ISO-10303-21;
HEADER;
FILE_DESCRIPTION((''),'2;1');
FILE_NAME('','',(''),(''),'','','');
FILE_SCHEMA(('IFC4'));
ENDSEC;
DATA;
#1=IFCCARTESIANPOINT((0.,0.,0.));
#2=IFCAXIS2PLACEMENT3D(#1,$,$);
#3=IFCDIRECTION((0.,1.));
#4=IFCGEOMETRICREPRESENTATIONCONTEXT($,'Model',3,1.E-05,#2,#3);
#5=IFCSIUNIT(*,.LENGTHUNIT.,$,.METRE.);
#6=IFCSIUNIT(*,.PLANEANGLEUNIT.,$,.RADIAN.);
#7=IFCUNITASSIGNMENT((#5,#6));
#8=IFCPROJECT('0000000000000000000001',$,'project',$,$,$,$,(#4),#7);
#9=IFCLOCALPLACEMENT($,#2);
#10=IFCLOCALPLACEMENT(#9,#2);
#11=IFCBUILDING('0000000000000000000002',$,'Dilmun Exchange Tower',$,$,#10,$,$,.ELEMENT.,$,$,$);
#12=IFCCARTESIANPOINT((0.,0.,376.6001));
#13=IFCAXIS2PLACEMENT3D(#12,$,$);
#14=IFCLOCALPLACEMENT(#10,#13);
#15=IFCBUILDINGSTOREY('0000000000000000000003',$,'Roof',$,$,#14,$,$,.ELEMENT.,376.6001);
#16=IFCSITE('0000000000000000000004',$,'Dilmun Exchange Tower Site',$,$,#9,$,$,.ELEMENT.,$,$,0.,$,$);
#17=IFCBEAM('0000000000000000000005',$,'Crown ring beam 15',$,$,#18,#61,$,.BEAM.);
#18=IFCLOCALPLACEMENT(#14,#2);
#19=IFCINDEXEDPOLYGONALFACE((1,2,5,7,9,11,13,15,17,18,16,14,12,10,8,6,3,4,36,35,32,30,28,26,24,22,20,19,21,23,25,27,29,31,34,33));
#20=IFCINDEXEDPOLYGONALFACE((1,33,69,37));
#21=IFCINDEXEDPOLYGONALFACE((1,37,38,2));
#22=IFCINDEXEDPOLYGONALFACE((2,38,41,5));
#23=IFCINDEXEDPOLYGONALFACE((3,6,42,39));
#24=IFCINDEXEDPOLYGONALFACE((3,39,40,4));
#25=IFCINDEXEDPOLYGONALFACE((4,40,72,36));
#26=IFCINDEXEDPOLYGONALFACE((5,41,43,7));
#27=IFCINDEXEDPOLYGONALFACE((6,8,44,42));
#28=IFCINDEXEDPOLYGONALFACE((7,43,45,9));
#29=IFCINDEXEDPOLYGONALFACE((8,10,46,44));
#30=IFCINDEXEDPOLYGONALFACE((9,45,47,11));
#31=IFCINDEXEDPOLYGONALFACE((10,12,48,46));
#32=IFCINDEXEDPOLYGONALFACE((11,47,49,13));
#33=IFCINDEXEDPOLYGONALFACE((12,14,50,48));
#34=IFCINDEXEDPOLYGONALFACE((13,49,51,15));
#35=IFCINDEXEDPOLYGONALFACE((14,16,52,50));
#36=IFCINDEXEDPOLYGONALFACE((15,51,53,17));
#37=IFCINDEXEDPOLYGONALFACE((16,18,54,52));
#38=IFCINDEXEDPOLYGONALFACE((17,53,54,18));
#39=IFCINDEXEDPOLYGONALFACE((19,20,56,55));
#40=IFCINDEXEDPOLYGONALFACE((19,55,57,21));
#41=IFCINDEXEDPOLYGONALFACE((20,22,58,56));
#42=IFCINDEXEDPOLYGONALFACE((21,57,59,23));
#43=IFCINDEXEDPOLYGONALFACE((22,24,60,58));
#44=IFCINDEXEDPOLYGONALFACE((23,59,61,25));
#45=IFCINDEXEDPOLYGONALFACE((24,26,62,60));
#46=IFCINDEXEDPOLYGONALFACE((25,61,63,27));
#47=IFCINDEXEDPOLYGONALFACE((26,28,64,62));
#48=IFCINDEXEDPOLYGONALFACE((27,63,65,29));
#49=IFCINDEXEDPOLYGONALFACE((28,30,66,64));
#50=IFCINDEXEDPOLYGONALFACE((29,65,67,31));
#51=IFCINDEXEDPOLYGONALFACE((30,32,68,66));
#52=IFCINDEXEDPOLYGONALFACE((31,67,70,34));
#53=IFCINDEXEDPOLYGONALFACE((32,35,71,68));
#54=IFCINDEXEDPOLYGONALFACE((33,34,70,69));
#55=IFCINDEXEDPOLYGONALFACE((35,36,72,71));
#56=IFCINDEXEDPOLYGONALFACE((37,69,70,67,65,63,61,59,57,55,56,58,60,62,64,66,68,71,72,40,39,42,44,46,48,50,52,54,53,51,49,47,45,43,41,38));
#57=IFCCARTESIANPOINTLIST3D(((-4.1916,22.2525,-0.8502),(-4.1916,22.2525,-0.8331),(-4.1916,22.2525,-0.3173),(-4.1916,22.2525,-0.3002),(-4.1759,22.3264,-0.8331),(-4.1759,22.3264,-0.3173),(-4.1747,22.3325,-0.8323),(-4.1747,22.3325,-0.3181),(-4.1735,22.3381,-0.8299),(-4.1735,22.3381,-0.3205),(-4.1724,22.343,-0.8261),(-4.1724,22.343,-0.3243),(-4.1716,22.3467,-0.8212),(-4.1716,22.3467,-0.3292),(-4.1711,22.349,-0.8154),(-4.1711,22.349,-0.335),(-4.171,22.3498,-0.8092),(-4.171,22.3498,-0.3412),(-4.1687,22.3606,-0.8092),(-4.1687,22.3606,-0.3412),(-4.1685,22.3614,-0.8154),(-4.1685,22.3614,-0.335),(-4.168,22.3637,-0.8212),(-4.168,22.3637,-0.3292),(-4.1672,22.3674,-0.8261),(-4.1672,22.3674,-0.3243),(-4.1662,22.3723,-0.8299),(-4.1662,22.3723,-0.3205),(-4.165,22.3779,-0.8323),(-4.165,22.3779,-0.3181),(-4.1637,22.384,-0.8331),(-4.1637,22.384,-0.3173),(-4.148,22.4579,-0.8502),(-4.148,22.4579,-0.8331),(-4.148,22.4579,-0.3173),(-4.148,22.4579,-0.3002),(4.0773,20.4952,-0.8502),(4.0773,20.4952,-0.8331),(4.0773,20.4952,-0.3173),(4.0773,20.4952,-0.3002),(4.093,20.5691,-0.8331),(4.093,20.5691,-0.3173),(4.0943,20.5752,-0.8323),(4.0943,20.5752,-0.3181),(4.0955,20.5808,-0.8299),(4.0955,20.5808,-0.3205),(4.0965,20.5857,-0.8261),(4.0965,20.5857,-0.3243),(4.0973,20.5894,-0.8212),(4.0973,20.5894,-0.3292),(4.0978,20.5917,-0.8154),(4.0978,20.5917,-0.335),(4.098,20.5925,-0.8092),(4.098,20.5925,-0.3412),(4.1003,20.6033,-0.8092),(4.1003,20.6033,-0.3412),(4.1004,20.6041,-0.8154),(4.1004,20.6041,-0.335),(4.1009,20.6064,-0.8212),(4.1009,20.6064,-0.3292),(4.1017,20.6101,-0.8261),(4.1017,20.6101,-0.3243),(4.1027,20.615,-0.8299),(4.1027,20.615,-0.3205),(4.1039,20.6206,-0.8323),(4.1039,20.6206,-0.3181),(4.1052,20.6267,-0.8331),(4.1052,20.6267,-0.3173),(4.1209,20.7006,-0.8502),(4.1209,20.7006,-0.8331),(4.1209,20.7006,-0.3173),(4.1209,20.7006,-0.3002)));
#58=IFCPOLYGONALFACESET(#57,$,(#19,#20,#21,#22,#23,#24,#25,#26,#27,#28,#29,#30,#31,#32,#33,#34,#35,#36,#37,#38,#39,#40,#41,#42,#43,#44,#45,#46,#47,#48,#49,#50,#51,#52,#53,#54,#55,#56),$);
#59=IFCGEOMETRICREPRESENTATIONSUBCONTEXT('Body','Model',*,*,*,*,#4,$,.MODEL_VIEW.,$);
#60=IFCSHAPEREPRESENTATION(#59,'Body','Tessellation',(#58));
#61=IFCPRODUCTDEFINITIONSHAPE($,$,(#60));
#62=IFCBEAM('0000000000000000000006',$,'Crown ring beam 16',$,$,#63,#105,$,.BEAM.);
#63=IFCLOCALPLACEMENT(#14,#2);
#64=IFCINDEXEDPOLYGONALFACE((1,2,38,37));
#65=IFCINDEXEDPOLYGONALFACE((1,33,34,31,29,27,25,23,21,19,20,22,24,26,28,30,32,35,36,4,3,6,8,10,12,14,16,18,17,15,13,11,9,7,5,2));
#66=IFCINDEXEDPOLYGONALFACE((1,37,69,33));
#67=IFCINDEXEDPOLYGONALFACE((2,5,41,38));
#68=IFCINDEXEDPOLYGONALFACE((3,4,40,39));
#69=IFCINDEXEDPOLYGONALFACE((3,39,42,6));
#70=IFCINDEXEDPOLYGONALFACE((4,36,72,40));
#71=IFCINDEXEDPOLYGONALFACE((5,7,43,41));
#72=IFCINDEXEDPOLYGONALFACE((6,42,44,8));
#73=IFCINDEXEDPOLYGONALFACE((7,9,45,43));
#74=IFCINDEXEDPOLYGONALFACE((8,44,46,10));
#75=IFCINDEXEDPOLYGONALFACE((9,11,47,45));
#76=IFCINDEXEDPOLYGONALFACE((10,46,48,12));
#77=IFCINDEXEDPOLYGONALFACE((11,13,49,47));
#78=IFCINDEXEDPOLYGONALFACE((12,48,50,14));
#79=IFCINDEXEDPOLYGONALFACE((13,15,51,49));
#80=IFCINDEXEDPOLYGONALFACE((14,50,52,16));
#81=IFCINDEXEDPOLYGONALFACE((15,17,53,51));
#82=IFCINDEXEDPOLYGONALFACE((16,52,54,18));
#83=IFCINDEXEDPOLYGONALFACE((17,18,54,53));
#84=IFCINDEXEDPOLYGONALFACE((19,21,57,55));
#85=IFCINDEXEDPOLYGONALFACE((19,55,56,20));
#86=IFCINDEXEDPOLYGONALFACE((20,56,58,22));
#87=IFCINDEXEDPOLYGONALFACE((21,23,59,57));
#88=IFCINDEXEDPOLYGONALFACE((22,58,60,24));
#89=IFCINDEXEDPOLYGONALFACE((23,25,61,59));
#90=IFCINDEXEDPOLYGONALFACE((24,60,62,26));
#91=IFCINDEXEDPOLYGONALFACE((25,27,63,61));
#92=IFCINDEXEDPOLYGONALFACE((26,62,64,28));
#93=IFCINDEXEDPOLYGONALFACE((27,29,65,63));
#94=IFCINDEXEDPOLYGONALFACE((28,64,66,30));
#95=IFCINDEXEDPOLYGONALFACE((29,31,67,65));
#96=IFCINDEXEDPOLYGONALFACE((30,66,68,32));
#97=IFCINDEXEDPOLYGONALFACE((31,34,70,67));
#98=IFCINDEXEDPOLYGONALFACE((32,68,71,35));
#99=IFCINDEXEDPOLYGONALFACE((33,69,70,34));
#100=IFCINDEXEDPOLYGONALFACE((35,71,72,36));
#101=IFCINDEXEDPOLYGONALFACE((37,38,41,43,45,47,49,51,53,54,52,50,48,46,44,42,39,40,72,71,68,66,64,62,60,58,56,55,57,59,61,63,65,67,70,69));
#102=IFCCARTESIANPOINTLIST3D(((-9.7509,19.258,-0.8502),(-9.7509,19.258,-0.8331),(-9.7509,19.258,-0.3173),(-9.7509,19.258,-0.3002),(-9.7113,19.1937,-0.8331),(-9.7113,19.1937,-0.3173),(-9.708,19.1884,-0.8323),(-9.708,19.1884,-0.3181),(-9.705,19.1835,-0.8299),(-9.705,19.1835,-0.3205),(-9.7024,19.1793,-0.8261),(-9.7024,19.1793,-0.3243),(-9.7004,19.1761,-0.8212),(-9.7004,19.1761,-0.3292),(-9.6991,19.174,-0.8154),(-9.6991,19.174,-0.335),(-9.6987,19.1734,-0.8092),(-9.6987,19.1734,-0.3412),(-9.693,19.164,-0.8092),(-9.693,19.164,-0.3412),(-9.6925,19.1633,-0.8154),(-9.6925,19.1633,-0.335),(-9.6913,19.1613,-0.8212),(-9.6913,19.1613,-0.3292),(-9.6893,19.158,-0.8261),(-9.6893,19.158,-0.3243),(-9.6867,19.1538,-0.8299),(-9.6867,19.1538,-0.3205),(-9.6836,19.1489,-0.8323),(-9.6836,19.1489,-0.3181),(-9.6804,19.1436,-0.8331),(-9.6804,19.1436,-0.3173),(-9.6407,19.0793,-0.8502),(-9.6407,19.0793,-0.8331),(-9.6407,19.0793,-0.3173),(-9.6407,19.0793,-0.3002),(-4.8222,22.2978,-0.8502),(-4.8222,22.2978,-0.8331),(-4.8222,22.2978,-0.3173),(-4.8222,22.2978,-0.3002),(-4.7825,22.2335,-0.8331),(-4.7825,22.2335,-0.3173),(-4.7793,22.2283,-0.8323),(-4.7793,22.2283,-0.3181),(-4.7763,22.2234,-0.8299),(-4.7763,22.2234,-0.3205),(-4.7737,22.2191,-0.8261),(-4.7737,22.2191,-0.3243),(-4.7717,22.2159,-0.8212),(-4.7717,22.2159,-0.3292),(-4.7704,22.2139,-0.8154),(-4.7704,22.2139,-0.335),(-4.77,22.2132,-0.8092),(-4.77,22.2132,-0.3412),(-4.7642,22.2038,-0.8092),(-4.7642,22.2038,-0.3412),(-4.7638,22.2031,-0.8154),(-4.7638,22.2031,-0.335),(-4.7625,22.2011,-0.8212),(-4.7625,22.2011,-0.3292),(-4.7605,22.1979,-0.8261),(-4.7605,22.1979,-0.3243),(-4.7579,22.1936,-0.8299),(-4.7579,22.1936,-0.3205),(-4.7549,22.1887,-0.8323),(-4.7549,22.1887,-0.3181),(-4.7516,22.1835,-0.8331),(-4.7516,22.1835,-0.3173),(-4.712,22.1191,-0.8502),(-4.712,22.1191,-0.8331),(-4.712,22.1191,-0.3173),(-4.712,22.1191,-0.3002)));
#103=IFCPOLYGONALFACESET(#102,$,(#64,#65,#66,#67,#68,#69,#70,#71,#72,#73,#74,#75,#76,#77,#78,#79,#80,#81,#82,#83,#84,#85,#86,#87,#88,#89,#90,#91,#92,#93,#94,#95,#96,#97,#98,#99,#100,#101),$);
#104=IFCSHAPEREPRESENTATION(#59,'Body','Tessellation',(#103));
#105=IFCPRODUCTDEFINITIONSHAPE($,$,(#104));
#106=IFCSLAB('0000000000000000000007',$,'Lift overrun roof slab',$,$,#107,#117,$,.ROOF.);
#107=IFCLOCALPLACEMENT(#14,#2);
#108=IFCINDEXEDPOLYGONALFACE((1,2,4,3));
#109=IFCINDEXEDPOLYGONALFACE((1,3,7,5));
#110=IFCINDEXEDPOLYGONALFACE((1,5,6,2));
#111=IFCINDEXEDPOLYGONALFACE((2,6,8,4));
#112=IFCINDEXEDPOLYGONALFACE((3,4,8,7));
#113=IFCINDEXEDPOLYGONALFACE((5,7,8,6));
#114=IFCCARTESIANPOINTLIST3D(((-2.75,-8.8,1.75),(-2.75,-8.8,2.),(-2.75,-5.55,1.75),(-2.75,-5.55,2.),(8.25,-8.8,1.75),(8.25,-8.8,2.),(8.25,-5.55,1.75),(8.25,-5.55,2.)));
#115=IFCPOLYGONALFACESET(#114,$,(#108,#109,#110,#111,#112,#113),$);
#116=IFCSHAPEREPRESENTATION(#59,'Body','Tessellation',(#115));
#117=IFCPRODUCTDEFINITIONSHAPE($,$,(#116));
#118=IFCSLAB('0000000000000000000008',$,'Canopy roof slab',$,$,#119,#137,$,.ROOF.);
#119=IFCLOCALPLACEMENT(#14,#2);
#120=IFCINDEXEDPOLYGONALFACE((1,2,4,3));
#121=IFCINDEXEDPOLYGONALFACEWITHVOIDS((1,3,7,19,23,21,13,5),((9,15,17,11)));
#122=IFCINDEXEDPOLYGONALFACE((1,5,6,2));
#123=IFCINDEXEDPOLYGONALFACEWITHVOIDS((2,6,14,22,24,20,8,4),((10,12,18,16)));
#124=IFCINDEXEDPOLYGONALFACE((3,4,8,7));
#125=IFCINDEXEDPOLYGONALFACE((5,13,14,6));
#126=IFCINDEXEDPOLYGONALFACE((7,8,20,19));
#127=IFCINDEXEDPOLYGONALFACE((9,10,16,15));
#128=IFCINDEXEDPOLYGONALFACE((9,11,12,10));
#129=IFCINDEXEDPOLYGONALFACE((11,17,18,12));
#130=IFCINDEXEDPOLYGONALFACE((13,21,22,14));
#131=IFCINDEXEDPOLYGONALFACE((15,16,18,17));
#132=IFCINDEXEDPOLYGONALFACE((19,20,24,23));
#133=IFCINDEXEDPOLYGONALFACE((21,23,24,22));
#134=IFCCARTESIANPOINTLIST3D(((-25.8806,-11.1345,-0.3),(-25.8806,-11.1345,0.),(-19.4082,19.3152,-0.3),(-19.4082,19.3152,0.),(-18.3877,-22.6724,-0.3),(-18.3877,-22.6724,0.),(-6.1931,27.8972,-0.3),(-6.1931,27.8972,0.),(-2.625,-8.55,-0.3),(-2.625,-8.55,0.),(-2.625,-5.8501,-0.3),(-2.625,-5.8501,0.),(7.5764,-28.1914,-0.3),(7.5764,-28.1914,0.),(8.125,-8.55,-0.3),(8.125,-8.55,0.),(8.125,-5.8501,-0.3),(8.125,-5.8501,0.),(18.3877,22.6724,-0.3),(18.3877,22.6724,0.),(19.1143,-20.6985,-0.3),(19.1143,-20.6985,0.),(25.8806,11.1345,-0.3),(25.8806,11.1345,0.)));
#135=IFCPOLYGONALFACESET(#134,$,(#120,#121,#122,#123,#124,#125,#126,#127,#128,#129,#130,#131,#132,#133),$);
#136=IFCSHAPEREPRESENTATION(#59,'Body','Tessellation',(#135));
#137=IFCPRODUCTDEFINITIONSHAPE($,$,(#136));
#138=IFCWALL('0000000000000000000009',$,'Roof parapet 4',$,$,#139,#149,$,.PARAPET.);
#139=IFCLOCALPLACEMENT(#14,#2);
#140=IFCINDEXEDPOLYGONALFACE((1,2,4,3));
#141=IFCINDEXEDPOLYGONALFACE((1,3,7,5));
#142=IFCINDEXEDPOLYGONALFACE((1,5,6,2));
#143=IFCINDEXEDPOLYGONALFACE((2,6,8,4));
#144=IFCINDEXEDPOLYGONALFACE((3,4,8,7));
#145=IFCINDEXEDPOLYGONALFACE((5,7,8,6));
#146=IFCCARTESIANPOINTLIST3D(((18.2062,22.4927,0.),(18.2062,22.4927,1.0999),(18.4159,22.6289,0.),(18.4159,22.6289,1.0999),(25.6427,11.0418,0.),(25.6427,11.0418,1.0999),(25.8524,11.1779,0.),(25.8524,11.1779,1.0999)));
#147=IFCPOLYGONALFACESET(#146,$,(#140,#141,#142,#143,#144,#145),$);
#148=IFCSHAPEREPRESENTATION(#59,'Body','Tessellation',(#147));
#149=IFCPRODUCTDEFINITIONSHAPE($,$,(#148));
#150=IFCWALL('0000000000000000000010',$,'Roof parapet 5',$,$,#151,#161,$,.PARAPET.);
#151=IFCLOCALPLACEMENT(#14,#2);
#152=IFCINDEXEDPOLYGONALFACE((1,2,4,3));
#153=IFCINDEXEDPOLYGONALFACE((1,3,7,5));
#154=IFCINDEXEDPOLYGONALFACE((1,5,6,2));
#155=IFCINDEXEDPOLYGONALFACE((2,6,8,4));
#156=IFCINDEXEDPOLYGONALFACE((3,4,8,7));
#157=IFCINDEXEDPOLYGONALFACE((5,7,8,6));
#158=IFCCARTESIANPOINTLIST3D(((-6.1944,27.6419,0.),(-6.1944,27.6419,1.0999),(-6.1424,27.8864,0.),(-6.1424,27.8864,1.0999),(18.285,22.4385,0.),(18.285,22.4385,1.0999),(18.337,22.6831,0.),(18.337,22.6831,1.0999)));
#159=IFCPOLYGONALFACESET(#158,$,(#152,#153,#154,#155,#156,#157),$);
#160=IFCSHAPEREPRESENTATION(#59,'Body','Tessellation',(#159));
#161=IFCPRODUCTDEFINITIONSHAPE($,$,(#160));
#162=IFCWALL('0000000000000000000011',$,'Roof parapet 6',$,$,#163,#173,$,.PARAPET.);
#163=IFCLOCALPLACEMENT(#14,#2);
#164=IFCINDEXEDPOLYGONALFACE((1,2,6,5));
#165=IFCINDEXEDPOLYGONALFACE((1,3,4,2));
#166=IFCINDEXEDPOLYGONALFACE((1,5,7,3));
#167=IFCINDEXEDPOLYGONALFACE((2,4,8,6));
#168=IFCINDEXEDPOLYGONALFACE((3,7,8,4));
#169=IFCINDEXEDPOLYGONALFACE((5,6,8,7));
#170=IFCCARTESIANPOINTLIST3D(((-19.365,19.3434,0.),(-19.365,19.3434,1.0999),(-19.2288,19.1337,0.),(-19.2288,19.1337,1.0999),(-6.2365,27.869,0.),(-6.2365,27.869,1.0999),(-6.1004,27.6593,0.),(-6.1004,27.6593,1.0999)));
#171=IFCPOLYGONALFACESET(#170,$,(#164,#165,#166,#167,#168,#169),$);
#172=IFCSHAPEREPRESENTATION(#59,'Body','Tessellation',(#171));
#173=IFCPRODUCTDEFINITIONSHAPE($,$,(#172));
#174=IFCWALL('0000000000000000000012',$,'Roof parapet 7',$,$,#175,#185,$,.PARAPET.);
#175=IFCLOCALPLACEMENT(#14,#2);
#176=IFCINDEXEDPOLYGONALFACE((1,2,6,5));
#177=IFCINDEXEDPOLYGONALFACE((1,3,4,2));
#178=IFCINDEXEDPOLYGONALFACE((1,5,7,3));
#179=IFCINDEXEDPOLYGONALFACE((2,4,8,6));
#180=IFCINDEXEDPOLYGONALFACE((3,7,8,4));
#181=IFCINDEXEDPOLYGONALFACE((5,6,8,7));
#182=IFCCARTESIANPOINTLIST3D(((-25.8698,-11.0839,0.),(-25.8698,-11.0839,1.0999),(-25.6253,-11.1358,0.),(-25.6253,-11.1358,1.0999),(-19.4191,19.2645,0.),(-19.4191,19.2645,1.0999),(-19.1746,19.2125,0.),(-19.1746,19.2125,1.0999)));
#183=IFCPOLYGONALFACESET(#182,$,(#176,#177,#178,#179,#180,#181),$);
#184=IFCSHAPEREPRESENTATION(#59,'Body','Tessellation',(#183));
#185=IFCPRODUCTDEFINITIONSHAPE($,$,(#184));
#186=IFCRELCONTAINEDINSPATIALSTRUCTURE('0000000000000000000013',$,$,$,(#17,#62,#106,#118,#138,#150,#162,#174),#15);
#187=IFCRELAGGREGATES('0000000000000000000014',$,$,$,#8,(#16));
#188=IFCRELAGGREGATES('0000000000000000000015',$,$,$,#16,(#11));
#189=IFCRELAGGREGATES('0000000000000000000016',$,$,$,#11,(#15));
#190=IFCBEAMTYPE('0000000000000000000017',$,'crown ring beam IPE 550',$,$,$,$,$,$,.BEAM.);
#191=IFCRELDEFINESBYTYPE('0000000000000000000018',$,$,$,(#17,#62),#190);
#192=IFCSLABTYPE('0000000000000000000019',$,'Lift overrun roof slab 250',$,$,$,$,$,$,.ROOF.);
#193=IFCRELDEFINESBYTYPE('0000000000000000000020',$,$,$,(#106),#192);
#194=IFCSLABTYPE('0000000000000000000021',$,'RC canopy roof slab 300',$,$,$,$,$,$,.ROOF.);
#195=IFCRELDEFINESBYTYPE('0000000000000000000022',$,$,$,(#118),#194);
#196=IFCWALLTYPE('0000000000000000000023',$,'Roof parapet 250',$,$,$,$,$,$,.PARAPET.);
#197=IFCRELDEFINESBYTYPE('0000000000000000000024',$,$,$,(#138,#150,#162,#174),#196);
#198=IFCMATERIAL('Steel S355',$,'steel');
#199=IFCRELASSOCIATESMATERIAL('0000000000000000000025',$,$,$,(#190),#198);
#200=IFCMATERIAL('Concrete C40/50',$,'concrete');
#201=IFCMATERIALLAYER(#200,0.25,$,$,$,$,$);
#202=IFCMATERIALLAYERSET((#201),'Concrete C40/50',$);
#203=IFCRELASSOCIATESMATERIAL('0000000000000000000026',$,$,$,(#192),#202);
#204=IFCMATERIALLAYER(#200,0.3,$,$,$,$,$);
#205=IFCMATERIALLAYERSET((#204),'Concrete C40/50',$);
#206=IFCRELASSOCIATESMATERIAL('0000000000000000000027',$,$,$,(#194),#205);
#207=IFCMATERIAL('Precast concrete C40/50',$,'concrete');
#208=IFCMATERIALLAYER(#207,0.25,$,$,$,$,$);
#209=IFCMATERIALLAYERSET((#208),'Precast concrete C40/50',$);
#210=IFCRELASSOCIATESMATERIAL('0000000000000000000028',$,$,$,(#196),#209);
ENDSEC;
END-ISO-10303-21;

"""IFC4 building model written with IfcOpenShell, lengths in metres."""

from ifc_helpers import new_model, si_unit, direction, frame, frame_2d, origin, origin_2d, place, context, subcontext, project, spatial, polyline, rectangle, i_section, outline, extrude, material, layer, layer_set, material_profile, profile_set, type_object, element, save


model = new_model("IFC4")

# Units and contexts
model_context = context("Model", 3, precision=1e-05, world=origin(), true_north=direction((0.0, 1.0)))
body_context = subcontext(model_context, "Body", "Model", "MODEL_VIEW")
ifc_project = project(units=[si_unit("LENGTHUNIT", "METRE"), si_unit("PLANEANGLEUNIT", "RADIAN")], contexts=[model_context])

# Site, building, storey
site_placement = place(None, origin())
site = spatial("IfcSite", under=ifc_project, at=site_placement, Name="Dilmun Exchange Tower Site", CompositionType="ELEMENT", RefElevation=0.0)
building_placement = place(site_placement, origin())
building = spatial("IfcBuilding", under=site, at=building_placement, Name="Dilmun Exchange Tower", CompositionType="ELEMENT")
storey_placement = place(building_placement, frame((0.0, 0.0, 376.6001)))
storey = spatial("IfcBuildingStorey", under=building, at=storey_placement, Name="Roof", CompositionType="ELEMENT", Elevation=376.6001)

# Beams
ifc_material_1 = material(Name="Steel S355", Category="steel")
ifc_material_profile_1 = material_profile(ifc_material_1, i_section(OverallWidth=0.21, OverallDepth=0.55, WebThickness=0.011, FlangeThickness=0.0171, FilletRadius=0.0239, at=origin_2d()), Name="IPE 550")
ifc_profile_set_1 = profile_set([ifc_material_profile_1], Name="Steel S355")
beam_type_1 = type_object("IfcBeamType", Name="crown ring beam IPE 550", PredefinedType="BEAM", material=ifc_profile_set_1)
for number, where, z_axis, x_axis, name in (
    (1, (4.0991, 20.5979, -0.5752), (-0.978155, 0.207876, 0.0), (-0.207876, -0.978155, 0.0), "Crown ring beam 15"),
):
    element("IfcBeam", number, at=place(storey_placement, frame(where, z_axis=z_axis, x_axis=x_axis)), inside=storey, type_object=beam_type_1, Name=name, PredefinedType="BEAM", context=body_context, shape_type="SweptSolid", body=[
        extrude(i_section(OverallWidth=0.21, OverallDepth=0.55, WebThickness=0.011, FlangeThickness=0.0171, FilletRadius=0.0239, at=origin_2d()), origin(), (0.0, 0.0, 1.0), 8.4536),
    ])
beam_1_placement = place(storey_placement, frame((-4.7671, 22.2085, -0.5752), z_axis=(-0.851138, -0.524942, 0.0), x_axis=(0.524942, -0.851138, 0.0)))
element("IfcBeam", 2, at=beam_1_placement, inside=storey, type_object=beam_type_1, Name="Crown ring beam 16", PredefinedType="BEAM", context=body_context, shape_type="SweptSolid", body=[
    extrude(i_section(OverallWidth=0.21, OverallDepth=0.55, WebThickness=0.011, FlangeThickness=0.0171, FilletRadius=0.0239, at=origin_2d()), origin(), (0.0, 0.0, 1.0), 5.7908),
])

# Slabs
ifc_material_2 = material(Name="Concrete C40/50", Category="concrete")
ifc_layer_1 = layer(ifc_material_2, 0.25)
ifc_layer_set_1 = layer_set([ifc_layer_1], Name="Concrete C40/50")
slab_type_1 = type_object("IfcSlabType", Name="Lift overrun roof slab 250", PredefinedType="ROOF", material=ifc_layer_set_1)
slab_1_placement = place(storey_placement, frame((0.0, 0.0, 1.75)))
element("IfcSlab", 3, at=slab_1_placement, inside=storey, type_object=slab_type_1, Name="Lift overrun roof slab", PredefinedType="ROOF", context=body_context, shape_type="SweptSolid", body=[
    extrude(outline(polyline([(-2.75, -8.8), (8.25, -8.8), (8.25, -5.55), (-2.75, -5.55), (-2.75, -8.8)])), origin(), (0.0, 0.0, 1.0), 0.25),
])
ifc_layer_2 = layer(ifc_material_2, 0.3)
ifc_layer_set_2 = layer_set([ifc_layer_2], Name="Concrete C40/50")
slab_type_2 = type_object("IfcSlabType", Name="RC canopy roof slab 300", PredefinedType="ROOF", material=ifc_layer_set_2)
slab_2_placement = place(storey_placement, frame((0.0, 0.0, -0.3)))
element("IfcSlab", 4, at=slab_2_placement, inside=storey, type_object=slab_type_2, Name="Canopy roof slab", PredefinedType="ROOF", context=body_context, shape_type="SweptSolid", body=[
    extrude(outline(polyline([(-19.4082, 19.3152), (-6.1931, 27.8972), (18.3877, 22.6724), (25.8806, 11.1345), (19.1143, -20.6985), (7.5764, -28.1914), (-18.3877, -22.6724), (-25.8806, -11.1345), (-19.4082, 19.3152)]), holes=[polyline([(8.125, -8.55), (8.125, -5.8501), (-2.625, -5.8501), (-2.625, -8.55), (8.125, -8.55)])]), origin(), (0.0, 0.0, 1.0), 0.3),
])

# Walls
ifc_material_3 = material(Name="Precast concrete C40/50", Category="concrete")
ifc_layer_3 = layer(ifc_material_3, 0.25)
ifc_layer_set_3 = layer_set([ifc_layer_3], Name="Precast concrete C40/50")
wall_type = type_object("IfcWallType", Name="Roof parapet 250", PredefinedType="PARAPET", material=ifc_layer_set_3)
wall_1_placement = place(storey_placement, frame((25.7476, 11.1099, 0.0), z_axis=(0.0, 0.0, 1.0), x_axis=(-0.54465, 0.838664, 0.0)))
element("IfcWall", 5, at=wall_1_placement, inside=storey, type_object=wall_type, Name="Roof parapet 4", PredefinedType="PARAPET", context=body_context, shape_type="SweptSolid", body=[
    extrude(rectangle(XDim=13.6538, YDim=0.25, at=frame_2d((6.8269, 0.0))), origin(), (0.0, 0.0, 1.0), 1.0999),
])
wall_2_placement = place(storey_placement, frame((18.311, 22.5608, 0.0), z_axis=(0.0, 0.0, 1.0), x_axis=(-0.978147, 0.207915, 0.0)))
element("IfcWall", 6, at=wall_2_placement, inside=storey, type_object=wall_type, Name="Roof parapet 5", PredefinedType="PARAPET", context=body_context, shape_type="SweptSolid", body=[
    extrude(rectangle(XDim=25.0264, YDim=0.25, at=frame_2d((12.5132, 0.0))), origin(), (0.0, 0.0, 1.0), 1.0999),
])
wall_3_placement = place(storey_placement, frame((-6.1685, 27.7642, 0.0), z_axis=(0.0, 0.0, 1.0), x_axis=(-0.838672, -0.544636, 0.0)))
element("IfcWall", 7, at=wall_3_placement, inside=storey, type_object=wall_type, Name="Roof parapet 6", PredefinedType="PARAPET", context=body_context, shape_type="SweptSolid", body=[
    extrude(rectangle(XDim=15.6538, YDim=0.25, at=frame_2d((7.8269, 0.0))), origin(), (0.0, 0.0, 1.0), 1.0999),
])
wall_4_placement = place(storey_placement, frame((-19.2969, 19.2385, 0.0), z_axis=(0.0, 0.0, 1.0), x_axis=(-0.20791, -0.978148, 0.0)))
element("IfcWall", 8, at=wall_4_placement, inside=storey, type_object=wall_type, Name="Roof parapet 7", PredefinedType="PARAPET", context=body_context, shape_type="SweptSolid", body=[
    extrude(rectangle(XDim=31.0264, YDim=0.25, at=frame_2d((15.5132, 0.0))), origin(), (0.0, 0.0, 1.0), 1.0999),
])

save(model, "model.ifc")
